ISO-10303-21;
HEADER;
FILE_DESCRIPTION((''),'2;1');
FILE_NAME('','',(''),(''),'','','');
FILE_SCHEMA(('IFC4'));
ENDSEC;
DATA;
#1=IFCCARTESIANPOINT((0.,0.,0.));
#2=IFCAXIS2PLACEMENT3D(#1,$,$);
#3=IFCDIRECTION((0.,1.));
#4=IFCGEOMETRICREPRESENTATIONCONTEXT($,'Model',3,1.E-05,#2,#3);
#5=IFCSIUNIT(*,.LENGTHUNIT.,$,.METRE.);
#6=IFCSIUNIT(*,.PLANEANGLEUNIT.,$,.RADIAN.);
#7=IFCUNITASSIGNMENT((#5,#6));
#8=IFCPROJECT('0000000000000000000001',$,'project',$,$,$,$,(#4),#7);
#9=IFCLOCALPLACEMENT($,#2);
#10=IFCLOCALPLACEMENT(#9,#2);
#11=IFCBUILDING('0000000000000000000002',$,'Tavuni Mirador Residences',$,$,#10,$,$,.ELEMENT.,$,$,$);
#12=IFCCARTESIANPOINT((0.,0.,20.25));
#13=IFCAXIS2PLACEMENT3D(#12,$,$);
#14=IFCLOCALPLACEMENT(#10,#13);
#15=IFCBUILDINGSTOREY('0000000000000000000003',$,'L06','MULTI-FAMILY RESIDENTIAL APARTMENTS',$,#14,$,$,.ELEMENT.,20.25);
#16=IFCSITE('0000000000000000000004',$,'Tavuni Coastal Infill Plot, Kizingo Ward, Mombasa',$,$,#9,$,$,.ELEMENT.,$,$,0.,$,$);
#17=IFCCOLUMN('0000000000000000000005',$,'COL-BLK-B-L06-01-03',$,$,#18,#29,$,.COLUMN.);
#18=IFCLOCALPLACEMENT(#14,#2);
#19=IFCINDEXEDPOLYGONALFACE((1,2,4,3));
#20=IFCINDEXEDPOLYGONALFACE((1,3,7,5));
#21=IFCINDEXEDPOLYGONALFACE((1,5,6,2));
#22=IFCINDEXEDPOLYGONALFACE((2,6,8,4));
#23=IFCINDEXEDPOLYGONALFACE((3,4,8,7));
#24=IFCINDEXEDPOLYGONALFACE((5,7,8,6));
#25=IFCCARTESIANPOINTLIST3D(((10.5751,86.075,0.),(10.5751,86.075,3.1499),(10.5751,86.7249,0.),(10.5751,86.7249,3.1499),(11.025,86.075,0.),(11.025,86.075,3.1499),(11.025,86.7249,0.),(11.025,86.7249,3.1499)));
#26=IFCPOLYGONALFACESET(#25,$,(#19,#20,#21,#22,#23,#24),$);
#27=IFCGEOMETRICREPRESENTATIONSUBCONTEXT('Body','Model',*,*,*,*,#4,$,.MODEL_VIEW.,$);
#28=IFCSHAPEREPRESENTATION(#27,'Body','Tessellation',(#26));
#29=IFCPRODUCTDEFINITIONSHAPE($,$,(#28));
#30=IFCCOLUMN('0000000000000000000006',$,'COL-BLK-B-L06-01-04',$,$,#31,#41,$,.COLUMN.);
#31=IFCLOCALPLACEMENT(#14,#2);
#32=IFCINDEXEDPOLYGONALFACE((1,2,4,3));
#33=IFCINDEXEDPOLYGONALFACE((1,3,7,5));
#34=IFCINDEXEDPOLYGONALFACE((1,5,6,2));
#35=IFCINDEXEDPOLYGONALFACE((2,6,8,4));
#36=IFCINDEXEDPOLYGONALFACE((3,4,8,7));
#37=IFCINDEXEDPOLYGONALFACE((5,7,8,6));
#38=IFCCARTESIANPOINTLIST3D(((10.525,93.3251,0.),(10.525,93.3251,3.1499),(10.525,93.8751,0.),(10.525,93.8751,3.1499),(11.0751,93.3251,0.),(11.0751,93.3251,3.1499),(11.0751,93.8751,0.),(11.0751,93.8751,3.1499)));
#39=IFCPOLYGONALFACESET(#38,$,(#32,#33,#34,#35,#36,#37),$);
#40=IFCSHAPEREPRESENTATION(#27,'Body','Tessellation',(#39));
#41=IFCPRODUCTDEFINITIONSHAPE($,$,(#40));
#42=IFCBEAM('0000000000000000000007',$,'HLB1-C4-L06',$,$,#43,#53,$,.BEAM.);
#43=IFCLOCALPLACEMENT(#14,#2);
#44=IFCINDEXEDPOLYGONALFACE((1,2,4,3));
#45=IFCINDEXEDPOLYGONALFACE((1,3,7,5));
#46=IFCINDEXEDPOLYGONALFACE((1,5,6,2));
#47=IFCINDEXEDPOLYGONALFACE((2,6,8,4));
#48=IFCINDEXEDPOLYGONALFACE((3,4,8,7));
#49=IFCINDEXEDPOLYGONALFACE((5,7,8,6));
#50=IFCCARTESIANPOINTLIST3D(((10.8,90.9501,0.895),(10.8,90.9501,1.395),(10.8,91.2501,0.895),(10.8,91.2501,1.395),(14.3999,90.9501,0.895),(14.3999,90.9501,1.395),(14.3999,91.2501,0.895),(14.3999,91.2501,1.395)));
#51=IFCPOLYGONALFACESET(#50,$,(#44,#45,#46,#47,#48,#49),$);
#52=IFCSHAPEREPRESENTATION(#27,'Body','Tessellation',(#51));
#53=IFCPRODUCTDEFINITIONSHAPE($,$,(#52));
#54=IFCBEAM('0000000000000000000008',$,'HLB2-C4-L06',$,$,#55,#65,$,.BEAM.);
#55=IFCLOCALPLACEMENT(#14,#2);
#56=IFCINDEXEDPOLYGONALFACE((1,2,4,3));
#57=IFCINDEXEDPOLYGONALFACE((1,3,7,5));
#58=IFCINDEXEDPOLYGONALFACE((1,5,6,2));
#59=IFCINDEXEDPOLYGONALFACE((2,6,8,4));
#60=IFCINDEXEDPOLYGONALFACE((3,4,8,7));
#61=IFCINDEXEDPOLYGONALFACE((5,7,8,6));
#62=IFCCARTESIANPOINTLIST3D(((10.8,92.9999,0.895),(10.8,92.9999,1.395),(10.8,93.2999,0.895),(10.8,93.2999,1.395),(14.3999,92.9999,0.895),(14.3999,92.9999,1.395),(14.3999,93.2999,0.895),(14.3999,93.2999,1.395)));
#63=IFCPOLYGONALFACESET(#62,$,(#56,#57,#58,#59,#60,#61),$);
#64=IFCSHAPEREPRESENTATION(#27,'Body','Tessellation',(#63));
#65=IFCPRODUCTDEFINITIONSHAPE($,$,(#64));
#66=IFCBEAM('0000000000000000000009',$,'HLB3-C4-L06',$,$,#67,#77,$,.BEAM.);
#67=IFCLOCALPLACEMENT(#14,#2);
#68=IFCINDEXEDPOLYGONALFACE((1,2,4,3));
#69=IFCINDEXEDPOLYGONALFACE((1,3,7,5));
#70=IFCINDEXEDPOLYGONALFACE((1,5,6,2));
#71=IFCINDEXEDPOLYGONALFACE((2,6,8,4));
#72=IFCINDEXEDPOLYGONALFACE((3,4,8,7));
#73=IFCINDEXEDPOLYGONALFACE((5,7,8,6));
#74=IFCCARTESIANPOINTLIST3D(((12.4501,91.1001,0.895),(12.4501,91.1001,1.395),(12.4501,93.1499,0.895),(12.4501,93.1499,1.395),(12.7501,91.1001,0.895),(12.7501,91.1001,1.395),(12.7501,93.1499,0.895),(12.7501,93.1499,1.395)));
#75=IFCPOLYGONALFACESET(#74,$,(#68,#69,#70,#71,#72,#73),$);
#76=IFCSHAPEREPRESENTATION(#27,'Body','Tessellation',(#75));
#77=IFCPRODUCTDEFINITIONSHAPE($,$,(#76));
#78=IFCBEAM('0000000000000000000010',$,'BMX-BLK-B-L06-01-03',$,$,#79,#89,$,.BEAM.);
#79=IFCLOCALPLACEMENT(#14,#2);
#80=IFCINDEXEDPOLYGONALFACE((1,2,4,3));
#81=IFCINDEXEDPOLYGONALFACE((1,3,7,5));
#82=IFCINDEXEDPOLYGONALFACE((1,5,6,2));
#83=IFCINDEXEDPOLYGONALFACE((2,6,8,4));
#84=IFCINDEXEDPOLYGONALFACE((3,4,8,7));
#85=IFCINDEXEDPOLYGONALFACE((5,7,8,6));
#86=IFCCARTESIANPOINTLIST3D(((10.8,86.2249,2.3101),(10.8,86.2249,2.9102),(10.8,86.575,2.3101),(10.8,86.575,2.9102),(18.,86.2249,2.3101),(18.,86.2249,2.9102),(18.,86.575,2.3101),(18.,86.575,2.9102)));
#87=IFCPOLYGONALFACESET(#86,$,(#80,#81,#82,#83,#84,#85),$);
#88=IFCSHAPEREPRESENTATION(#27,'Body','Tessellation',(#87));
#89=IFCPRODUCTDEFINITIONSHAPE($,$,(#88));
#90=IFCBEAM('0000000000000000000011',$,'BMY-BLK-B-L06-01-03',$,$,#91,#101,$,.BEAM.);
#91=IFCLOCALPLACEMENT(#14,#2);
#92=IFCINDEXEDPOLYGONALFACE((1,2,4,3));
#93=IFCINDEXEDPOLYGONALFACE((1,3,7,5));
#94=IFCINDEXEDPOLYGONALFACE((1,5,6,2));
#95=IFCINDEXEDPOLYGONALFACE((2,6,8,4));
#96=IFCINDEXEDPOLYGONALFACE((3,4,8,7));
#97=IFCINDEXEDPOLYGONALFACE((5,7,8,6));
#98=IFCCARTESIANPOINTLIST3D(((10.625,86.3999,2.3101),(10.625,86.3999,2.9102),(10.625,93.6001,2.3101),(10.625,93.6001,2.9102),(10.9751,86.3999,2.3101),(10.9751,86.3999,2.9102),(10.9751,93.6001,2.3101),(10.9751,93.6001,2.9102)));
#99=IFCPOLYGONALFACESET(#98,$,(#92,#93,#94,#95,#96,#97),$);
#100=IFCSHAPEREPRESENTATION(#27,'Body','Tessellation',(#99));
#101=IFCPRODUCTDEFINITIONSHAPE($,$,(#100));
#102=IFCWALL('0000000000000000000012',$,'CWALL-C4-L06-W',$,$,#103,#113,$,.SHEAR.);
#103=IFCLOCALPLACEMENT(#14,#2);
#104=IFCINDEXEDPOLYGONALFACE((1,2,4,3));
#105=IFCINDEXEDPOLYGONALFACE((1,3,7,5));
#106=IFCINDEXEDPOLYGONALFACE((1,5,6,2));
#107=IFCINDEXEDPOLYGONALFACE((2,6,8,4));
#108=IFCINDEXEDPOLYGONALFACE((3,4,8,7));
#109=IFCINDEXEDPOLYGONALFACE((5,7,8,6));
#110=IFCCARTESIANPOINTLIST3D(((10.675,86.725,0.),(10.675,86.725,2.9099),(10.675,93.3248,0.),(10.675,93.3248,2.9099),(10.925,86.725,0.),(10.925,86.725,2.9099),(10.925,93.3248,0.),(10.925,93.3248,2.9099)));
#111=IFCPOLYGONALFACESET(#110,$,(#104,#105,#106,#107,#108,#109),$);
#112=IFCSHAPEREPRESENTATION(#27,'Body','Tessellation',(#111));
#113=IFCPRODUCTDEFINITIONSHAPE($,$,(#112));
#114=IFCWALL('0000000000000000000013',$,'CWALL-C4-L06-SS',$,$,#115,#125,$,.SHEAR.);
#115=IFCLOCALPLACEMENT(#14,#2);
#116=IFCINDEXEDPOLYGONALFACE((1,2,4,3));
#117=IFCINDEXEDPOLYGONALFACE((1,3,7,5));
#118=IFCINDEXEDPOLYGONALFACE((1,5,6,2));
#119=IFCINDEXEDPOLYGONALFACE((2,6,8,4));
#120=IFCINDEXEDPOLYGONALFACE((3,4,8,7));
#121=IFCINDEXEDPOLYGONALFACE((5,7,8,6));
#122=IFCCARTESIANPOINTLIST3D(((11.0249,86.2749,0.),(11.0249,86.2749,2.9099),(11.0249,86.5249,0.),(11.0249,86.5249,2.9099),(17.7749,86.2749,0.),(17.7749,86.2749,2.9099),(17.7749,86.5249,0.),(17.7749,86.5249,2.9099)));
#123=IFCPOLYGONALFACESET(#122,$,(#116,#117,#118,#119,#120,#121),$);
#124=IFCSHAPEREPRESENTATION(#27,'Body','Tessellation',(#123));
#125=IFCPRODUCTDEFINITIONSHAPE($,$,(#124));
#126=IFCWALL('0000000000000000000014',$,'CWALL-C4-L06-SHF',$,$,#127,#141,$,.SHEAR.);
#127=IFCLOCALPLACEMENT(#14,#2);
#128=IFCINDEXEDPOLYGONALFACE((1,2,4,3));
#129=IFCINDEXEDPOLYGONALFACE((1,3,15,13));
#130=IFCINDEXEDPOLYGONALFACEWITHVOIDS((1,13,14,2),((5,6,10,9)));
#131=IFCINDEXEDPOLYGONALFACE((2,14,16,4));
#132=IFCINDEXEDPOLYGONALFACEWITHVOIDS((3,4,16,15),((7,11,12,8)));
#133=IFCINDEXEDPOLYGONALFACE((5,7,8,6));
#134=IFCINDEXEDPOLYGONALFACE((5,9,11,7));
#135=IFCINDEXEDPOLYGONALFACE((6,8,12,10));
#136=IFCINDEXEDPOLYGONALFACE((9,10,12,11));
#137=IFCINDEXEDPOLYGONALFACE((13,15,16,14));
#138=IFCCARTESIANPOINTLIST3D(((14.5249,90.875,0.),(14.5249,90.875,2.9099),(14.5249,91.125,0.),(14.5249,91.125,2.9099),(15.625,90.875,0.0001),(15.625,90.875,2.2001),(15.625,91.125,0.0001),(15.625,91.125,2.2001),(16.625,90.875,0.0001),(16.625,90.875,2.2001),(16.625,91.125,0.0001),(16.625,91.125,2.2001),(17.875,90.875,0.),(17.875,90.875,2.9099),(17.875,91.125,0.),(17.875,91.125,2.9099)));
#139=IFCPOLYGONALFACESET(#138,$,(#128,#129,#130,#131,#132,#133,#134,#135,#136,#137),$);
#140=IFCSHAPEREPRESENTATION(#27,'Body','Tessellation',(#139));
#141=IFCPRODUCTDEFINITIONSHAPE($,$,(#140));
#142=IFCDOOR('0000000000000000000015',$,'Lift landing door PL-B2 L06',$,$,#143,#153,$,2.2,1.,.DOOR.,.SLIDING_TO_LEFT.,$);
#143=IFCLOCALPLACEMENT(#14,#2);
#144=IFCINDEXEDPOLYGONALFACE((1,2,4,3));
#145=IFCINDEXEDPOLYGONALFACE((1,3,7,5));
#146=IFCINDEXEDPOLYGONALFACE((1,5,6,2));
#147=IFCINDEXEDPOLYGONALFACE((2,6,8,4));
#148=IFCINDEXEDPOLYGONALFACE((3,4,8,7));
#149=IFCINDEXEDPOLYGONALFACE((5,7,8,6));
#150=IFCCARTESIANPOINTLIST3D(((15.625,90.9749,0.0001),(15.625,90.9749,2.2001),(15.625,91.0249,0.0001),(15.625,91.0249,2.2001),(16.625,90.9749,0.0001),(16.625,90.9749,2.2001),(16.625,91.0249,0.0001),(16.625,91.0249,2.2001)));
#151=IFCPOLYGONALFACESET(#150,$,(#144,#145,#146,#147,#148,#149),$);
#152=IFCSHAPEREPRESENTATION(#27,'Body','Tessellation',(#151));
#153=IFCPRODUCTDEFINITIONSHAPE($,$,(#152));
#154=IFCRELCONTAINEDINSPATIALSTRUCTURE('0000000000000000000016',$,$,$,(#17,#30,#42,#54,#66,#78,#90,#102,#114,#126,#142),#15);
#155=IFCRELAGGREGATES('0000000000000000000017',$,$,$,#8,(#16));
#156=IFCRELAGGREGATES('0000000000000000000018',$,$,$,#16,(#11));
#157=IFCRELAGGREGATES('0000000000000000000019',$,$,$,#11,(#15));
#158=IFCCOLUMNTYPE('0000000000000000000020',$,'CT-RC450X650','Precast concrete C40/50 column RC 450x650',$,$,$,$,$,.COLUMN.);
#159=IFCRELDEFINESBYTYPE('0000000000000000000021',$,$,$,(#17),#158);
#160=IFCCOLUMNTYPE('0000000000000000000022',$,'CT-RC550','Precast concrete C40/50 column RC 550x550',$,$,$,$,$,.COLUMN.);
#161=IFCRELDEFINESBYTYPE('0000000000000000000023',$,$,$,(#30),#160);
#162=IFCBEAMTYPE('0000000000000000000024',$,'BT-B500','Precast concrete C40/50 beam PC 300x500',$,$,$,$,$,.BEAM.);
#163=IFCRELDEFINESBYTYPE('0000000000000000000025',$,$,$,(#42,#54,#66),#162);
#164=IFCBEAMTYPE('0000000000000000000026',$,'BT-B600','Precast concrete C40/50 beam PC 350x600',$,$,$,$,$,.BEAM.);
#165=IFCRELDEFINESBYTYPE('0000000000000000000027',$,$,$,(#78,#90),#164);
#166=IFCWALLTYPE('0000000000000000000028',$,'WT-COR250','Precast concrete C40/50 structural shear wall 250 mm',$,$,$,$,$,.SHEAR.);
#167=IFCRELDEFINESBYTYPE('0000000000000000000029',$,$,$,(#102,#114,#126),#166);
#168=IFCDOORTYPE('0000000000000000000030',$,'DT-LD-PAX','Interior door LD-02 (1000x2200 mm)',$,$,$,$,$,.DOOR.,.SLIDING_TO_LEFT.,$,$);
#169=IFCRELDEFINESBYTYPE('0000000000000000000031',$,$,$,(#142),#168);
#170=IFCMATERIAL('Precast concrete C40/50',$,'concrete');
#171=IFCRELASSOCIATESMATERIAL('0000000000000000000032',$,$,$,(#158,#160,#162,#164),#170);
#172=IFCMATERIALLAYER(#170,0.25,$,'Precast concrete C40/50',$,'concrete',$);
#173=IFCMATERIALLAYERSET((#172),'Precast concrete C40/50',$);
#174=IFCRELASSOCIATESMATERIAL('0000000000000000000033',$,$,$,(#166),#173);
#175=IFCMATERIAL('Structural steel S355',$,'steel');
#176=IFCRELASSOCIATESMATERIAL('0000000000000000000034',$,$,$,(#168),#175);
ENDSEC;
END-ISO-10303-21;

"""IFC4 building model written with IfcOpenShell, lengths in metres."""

from ifc_helpers import new_model, si_unit, direction, frame, frame_2d, origin, origin_2d, place, context, subcontext, project, spatial, rectangle, extrude, material, layer, layer_set, material_profile, profile_set, type_object, element, fill, save


model = new_model("IFC4")

# Units and contexts
model_context = context("Model", 3, precision=1e-05, world=origin(), true_north=direction((0.0, 1.0)))
body_context = subcontext(model_context, "Body", "Model", "MODEL_VIEW")
ifc_project = project(units=[si_unit("LENGTHUNIT", "METRE"), si_unit("PLANEANGLEUNIT", "RADIAN")], contexts=[model_context])

# Site, building, storey
site_placement = place(None, origin())
site = spatial("IfcSite", under=ifc_project, at=site_placement, Name="Tavuni Coastal Infill Plot, Kizingo Ward, Mombasa", CompositionType="ELEMENT", RefElevation=0.0)
building_placement = place(site_placement, origin())
building = spatial("IfcBuilding", under=site, at=building_placement, Name="Tavuni Mirador Residences", CompositionType="ELEMENT")
storey_placement = place(building_placement, frame((0.0, 0.0, 20.25)))
storey = spatial("IfcBuildingStorey", under=building, at=storey_placement, Name="L06", Description="MULTI-FAMILY RESIDENTIAL APARTMENTS", CompositionType="ELEMENT", Elevation=20.25)

# Columns
ifc_material_1 = material(Name="Precast concrete C40/50", Category="concrete")
ifc_material_profile_1 = material_profile(ifc_material_1, rectangle(XDim=0.45, YDim=0.6499, at=origin_2d()), Name="RC 450x650", Category="concrete")
ifc_profile_set_1 = profile_set([ifc_material_profile_1], Name="Precast concrete C40/50")
column_type_1 = type_object("IfcColumnType", Name="CT-RC450X650", Description="Precast concrete C40/50 column RC 450x650", PredefinedType="COLUMN", material=ifc_profile_set_1)
column_1_placement = place(storey_placement, frame((10.8, 86.3999, 0.0), z_axis=(0.0, 0.0, 1.0), x_axis=(1.0, 0.0, 0.0)))
element("IfcColumn", 1, at=column_1_placement, inside=storey, type_object=column_type_1, Name="COL-BLK-B-L06-01-03", PredefinedType="COLUMN", context=body_context, shape_type="SweptSolid", body=[
    extrude(rectangle(XDim=0.45, YDim=0.6499, at=origin_2d()), origin(), (0.0, 0.0, 1.0), 3.1499),
])
ifc_material_profile_2 = material_profile(ifc_material_1, rectangle(XDim=0.55, YDim=0.55, at=origin_2d()), Name="RC 550x550", Category="concrete")
ifc_profile_set_2 = profile_set([ifc_material_profile_2], Name="Precast concrete C40/50")
column_type_2 = type_object("IfcColumnType", Name="CT-RC550", Description="Precast concrete C40/50 column RC 550x550", PredefinedType="COLUMN", material=ifc_profile_set_2)
column_2_placement = place(storey_placement, frame((10.8, 93.6001, 0.0), z_axis=(0.0, 0.0, 1.0), x_axis=(1.0, 0.0, 0.0)))
element("IfcColumn", 2, at=column_2_placement, inside=storey, type_object=column_type_2, Name="COL-BLK-B-L06-01-04", PredefinedType="COLUMN", context=body_context, shape_type="SweptSolid", body=[
    extrude(rectangle(XDim=0.55, YDim=0.55, at=origin_2d()), origin(), (0.0, 0.0, 1.0), 3.1499),
])

# Beams
ifc_material_profile_3 = material_profile(ifc_material_1, rectangle(XDim=0.3, YDim=0.5, at=origin_2d()), Name="PC 300x500", Category="concrete")
ifc_profile_set_3 = profile_set([ifc_material_profile_3], Name="Precast concrete C40/50")
beam_type_1 = type_object("IfcBeamType", Name="BT-B500", Description="Precast concrete C40/50 beam PC 300x500", PredefinedType="BEAM", material=ifc_profile_set_3)
for number, where, z_axis, x_axis, name in (
    (3, (10.8, 91.1001, 1.145), (1.0, 0.0, 0.0), (0.0, 1.0, 0.0), "HLB1-C4-L06"),
    (4, (10.8, 93.1499, 1.145), (1.0, 0.0, 0.0), (0.0, 1.0, 0.0), "HLB2-C4-L06"),
):
    element("IfcBeam", number, at=place(storey_placement, frame(where, z_axis=z_axis, x_axis=x_axis)), inside=storey, type_object=beam_type_1, Name=name, PredefinedType="BEAM", context=body_context, shape_type="SweptSolid", body=[
        extrude(rectangle(XDim=0.3, YDim=0.5, at=origin_2d()), origin(), (0.0, 0.0, 1.0), 3.5999),
    ])
beam_1_placement = place(storey_placement, frame((12.6001, 91.1001, 1.145), z_axis=(0.0, 1.0, 0.0), x_axis=(-1.0, 0.0, 0.0)))
element("IfcBeam", 5, at=beam_1_placement, inside=storey, type_object=beam_type_1, Name="HLB3-C4-L06", PredefinedType="BEAM", context=body_context, shape_type="SweptSolid", body=[
    extrude(rectangle(XDim=0.3, YDim=0.5, at=origin_2d()), origin(), (0.0, 0.0, 1.0), 2.0498),
])
ifc_material_profile_4 = material_profile(ifc_material_1, rectangle(XDim=0.3501, YDim=0.6001, at=origin_2d()), Name="PC 350x600", Category="concrete")
ifc_profile_set_4 = profile_set([ifc_material_profile_4], Name="Precast concrete C40/50")
beam_type_2 = type_object("IfcBeamType", Name="BT-B600", Description="Precast concrete C40/50 beam PC 350x600", PredefinedType="BEAM", material=ifc_profile_set_4)
beam_2_placement = place(storey_placement, frame((10.8, 86.3999, 2.6101), z_axis=(1.0, 0.0, 0.0), x_axis=(0.0, 1.0, 0.0)))
element("IfcBeam", 6, at=beam_2_placement, inside=storey, type_object=beam_type_2, Name="BMX-BLK-B-L06-01-03", PredefinedType="BEAM", context=body_context, shape_type="SweptSolid", body=[
    extrude(rectangle(XDim=0.3501, YDim=0.6001, at=origin_2d()), origin(), (0.0, 0.0, 1.0), 7.2),
])
beam_3_placement = place(storey_placement, frame((10.8, 86.3999, 2.6101), z_axis=(0.0, 1.0, 0.0), x_axis=(-1.0, 0.0, 0.0)))
element("IfcBeam", 7, at=beam_3_placement, inside=storey, type_object=beam_type_2, Name="BMY-BLK-B-L06-01-03", PredefinedType="BEAM", context=body_context, shape_type="SweptSolid", body=[
    extrude(rectangle(XDim=0.3501, YDim=0.6001, at=origin_2d()), origin(), (0.0, 0.0, 1.0), 7.2002),
])

# Walls
ifc_layer_1 = layer(ifc_material_1, 0.25, Name="Precast concrete C40/50", Category="concrete")
ifc_layer_set_1 = layer_set([ifc_layer_1], Name="Precast concrete C40/50")
wall_type_1 = type_object("IfcWallType", Name="WT-COR250", Description="Precast concrete C40/50 structural shear wall 250 mm", PredefinedType="SHEAR", material=ifc_layer_set_1)
wall_1_placement = place(storey_placement, frame((10.8, 86.7251, 0.0), z_axis=(0.0, 0.0, 1.0), x_axis=(0.0, 1.0, 0.0)))
element("IfcWall", 8, at=wall_1_placement, inside=storey, type_object=wall_type_1, Name="CWALL-C4-L06-W", PredefinedType="SHEAR", context=body_context, shape_type="SweptSolid", body=[
    extrude(rectangle(XDim=6.5999, YDim=0.25, at=frame_2d((3.2998, 0.0))), origin(), (0.0, 0.0, 1.0), 2.9099),
])
wall_2_placement = place(storey_placement, frame((11.0249, 86.3999, 0.0), z_axis=(0.0, 0.0, 1.0), x_axis=(1.0, 0.0, 0.0)))
element("IfcWall", 9, at=wall_2_placement, inside=storey, type_object=wall_type_1, Name="CWALL-C4-L06-SS", PredefinedType="SHEAR", context=body_context, shape_type="SweptSolid", body=[
    extrude(rectangle(XDim=6.75, YDim=0.25, at=frame_2d((3.375, 0.0))), origin(), (0.0, 0.0, 1.0), 2.9099),
])

# Wall, opening, door
wall_3_placement = place(storey_placement, frame((14.5249, 91.0, 0.0), z_axis=(0.0, 0.0, 1.0), x_axis=(1.0, 0.0, 0.0)))
wall_3 = element("IfcWall", 10, at=wall_3_placement, inside=storey, type_object=wall_type_1, Name="CWALL-C4-L06-SHF", PredefinedType="SHEAR", context=body_context, shape_type="SweptSolid", body=[
    extrude(rectangle(XDim=3.3501, YDim=0.25, at=frame_2d((1.675, 0.0))), origin(), (0.0, 0.0, 1.0), 2.9099),
])
opening_1_placement = place(wall_3_placement, frame((1.1001, 0.0, 0.0)))
opening_1 = element("IfcOpeningElement", 11, at=opening_1_placement, cuts=wall_3, PredefinedType="OPENING", context=body_context, shape_type="SweptSolid", body=[
    extrude(rectangle(XDim=1.0, YDim=2.2, at=frame_2d((0.5, 1.1001))), frame((0.0, 0.135, 0.0), z_axis=(0.0, -1.0, 0.0), x_axis=(1.0, 0.0, 0.0)), (0.0, 0.0, 1.0), 0.27),
])
ifc_material_2 = material(Name="Structural steel S355", Category="steel")
door_type_1 = type_object("IfcDoorType", Name="DT-LD-PAX", Description="Interior door LD-02 (1000x2200 mm)", OperationType="SLIDING_TO_LEFT", PredefinedType="DOOR", material=ifc_material_2)
door_1_placement = place(opening_1_placement, origin())
door_1 = element("IfcDoor", 12, at=door_1_placement, inside=storey, type_object=door_type_1, Name="Lift landing door PL-B2 L06", OperationType="SLIDING_TO_LEFT", OverallHeight=2.2, OverallWidth=1.0, PredefinedType="DOOR", context=body_context, shape_type="SweptSolid", body=[
    extrude(rectangle(XDim=1.0, YDim=2.2, at=frame_2d((0.5, 1.1001))), frame((0.0, 0.0249, 0.0), z_axis=(0.0, -1.0, 0.0), x_axis=(1.0, 0.0, 0.0)), (0.0, 0.0, 1.0), 0.05),
])
fill(opening_1, door_1)

save(model, "model.ifc")
